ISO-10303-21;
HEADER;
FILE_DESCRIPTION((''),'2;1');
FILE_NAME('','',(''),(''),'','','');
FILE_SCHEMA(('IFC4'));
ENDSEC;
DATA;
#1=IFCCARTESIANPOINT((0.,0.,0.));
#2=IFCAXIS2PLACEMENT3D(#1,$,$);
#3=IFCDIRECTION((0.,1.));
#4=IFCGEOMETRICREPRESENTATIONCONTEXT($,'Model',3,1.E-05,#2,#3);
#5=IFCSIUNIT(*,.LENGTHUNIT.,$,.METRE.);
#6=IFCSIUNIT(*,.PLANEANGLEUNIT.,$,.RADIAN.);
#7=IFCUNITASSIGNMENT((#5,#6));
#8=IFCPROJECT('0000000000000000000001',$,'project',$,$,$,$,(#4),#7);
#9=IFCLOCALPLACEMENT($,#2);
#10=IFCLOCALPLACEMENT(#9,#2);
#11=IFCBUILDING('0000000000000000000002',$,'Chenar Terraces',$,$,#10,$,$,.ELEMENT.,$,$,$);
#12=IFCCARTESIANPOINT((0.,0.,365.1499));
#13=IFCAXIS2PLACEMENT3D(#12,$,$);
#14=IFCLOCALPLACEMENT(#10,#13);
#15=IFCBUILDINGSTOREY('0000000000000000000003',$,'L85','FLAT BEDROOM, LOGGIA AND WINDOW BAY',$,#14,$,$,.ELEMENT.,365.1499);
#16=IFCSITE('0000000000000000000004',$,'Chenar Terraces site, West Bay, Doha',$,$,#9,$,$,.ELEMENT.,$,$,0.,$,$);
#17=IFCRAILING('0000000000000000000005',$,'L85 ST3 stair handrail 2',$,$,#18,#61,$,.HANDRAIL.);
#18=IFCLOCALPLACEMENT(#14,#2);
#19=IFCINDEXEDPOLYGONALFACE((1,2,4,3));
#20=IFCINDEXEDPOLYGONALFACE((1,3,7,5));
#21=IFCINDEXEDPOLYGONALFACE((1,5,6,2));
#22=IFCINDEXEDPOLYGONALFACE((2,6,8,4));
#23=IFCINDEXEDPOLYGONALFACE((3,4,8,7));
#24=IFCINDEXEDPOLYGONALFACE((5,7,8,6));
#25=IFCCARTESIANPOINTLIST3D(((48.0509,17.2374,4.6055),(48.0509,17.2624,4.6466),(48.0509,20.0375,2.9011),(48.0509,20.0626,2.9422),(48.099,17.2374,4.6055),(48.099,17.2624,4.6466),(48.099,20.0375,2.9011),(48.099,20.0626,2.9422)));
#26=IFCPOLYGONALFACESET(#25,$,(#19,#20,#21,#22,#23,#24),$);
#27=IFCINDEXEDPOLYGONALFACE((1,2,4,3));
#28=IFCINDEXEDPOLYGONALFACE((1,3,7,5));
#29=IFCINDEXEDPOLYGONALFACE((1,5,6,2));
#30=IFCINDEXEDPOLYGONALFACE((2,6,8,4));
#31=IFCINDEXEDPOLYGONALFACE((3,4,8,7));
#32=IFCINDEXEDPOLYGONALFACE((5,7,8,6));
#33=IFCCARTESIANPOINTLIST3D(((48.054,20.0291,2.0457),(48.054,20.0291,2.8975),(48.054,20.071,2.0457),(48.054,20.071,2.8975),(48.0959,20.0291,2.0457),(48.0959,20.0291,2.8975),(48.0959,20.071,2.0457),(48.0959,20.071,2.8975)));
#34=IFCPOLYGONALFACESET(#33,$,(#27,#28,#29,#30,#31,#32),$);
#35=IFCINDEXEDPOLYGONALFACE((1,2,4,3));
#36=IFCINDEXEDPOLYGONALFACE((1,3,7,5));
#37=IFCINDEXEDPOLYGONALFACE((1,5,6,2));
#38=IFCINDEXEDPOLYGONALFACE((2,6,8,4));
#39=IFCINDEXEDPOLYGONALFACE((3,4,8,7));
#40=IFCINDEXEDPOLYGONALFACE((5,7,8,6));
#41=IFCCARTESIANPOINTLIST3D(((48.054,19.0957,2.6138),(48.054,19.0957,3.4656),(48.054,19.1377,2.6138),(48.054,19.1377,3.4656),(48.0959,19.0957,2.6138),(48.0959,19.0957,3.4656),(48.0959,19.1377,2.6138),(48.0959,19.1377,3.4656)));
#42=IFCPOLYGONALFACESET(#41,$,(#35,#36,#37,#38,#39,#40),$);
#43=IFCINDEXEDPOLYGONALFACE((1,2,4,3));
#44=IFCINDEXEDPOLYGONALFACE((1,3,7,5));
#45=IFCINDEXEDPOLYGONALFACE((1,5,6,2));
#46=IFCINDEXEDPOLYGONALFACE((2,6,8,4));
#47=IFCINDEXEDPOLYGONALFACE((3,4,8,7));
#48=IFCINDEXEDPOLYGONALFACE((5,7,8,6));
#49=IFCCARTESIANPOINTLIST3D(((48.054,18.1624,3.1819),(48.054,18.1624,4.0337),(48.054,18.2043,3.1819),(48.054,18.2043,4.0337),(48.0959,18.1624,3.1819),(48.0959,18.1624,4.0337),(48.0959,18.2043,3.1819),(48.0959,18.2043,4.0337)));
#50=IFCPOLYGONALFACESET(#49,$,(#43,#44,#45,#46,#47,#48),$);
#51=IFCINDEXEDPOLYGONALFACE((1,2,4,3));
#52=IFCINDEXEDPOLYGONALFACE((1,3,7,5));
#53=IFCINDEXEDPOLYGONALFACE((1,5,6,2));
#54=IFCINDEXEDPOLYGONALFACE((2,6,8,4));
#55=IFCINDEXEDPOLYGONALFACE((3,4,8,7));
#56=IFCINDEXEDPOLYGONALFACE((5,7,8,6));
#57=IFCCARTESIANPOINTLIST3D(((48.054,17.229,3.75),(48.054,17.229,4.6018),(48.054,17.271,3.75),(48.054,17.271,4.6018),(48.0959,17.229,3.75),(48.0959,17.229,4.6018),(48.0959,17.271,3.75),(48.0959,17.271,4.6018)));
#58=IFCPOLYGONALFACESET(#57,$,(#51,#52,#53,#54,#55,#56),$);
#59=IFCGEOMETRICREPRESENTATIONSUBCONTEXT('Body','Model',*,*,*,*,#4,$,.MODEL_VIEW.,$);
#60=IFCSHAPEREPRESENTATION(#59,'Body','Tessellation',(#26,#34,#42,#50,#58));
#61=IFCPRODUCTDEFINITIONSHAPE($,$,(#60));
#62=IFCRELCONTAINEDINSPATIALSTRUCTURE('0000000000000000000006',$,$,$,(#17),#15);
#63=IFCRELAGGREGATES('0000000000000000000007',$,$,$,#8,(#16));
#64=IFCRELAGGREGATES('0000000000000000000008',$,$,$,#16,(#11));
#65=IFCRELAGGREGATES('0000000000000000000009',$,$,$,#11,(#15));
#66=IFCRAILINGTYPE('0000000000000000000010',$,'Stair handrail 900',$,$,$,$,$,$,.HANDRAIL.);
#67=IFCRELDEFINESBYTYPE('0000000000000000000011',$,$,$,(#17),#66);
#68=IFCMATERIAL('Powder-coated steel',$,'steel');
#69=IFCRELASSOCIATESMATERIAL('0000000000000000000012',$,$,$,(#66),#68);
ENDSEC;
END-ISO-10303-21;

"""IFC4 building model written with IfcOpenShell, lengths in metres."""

from ifc_helpers import new_model, si_unit, direction, frame, origin, origin_2d, place, context, subcontext, project, spatial, rectangle, extrude, material, type_object, element, save


model = new_model("IFC4")

# Units and contexts
model_context = context("Model", 3, precision=1e-05, world=origin(), true_north=direction((0.0, 1.0)))
body_context = subcontext(model_context, "Body", "Model", "MODEL_VIEW")
ifc_project = project(units=[si_unit("LENGTHUNIT", "METRE"), si_unit("PLANEANGLEUNIT", "RADIAN")], contexts=[model_context])

# Site, building, storey
site_placement = place(None, origin())
site = spatial("IfcSite", under=ifc_project, at=site_placement, Name="Chenar Terraces site, West Bay, Doha", CompositionType="ELEMENT", RefElevation=0.0)
building_placement = place(site_placement, origin())
building = spatial("IfcBuilding", under=site, at=building_placement, Name="Chenar Terraces", CompositionType="ELEMENT")
storey_placement = place(building_placement, frame((0.0, 0.0, 365.1499)))
storey = spatial("IfcBuildingStorey", under=building, at=storey_placement, Name="L85", Description="FLAT BEDROOM, LOGGIA AND WINDOW BAY", CompositionType="ELEMENT", Elevation=365.1499)

# Railing
ifc_material_1 = material(Name="Powder-coated steel", Category="steel")
railing_type_1 = type_object("IfcRailingType", Name="Stair handrail 900", PredefinedType="HANDRAIL", material=ifc_material_1)
railing_1_placement = place(storey_placement, frame((48.075, 20.05, 2.0457)))
element("IfcRailing", 1, at=railing_1_placement, inside=storey, type_object=railing_type_1, Name="L85 ST3 stair handrail 2", PredefinedType="HANDRAIL", context=body_context, shape_type="SweptSolid", body=[
    extrude(rectangle(XDim=0.0481, YDim=0.0481, at=origin_2d()), frame((0.0, 0.0, 0.876), z_axis=(0.0, -0.854203, 0.51994), x_axis=(1.0, 0.0, 0.0)), (0.0, 0.0, 1.0), 3.2781),
    extrude(rectangle(XDim=0.042, YDim=0.042, at=origin_2d()), origin(), (0.0, 0.0, 1.0), 0.8518),
    extrude(rectangle(XDim=0.042, YDim=0.042, at=origin_2d()), frame((0.0, -0.9333, 0.5681)), (0.0, 0.0, 1.0), 0.8518),
    extrude(rectangle(XDim=0.042, YDim=0.042, at=origin_2d()), frame((0.0, -1.8667, 1.1362)), (0.0, 0.0, 1.0), 0.8518),
    extrude(rectangle(XDim=0.042, YDim=0.042, at=origin_2d()), frame((0.0, -2.8, 1.7043)), (0.0, 0.0, 1.0), 0.8518),
])

save(model, "model.ifc")
